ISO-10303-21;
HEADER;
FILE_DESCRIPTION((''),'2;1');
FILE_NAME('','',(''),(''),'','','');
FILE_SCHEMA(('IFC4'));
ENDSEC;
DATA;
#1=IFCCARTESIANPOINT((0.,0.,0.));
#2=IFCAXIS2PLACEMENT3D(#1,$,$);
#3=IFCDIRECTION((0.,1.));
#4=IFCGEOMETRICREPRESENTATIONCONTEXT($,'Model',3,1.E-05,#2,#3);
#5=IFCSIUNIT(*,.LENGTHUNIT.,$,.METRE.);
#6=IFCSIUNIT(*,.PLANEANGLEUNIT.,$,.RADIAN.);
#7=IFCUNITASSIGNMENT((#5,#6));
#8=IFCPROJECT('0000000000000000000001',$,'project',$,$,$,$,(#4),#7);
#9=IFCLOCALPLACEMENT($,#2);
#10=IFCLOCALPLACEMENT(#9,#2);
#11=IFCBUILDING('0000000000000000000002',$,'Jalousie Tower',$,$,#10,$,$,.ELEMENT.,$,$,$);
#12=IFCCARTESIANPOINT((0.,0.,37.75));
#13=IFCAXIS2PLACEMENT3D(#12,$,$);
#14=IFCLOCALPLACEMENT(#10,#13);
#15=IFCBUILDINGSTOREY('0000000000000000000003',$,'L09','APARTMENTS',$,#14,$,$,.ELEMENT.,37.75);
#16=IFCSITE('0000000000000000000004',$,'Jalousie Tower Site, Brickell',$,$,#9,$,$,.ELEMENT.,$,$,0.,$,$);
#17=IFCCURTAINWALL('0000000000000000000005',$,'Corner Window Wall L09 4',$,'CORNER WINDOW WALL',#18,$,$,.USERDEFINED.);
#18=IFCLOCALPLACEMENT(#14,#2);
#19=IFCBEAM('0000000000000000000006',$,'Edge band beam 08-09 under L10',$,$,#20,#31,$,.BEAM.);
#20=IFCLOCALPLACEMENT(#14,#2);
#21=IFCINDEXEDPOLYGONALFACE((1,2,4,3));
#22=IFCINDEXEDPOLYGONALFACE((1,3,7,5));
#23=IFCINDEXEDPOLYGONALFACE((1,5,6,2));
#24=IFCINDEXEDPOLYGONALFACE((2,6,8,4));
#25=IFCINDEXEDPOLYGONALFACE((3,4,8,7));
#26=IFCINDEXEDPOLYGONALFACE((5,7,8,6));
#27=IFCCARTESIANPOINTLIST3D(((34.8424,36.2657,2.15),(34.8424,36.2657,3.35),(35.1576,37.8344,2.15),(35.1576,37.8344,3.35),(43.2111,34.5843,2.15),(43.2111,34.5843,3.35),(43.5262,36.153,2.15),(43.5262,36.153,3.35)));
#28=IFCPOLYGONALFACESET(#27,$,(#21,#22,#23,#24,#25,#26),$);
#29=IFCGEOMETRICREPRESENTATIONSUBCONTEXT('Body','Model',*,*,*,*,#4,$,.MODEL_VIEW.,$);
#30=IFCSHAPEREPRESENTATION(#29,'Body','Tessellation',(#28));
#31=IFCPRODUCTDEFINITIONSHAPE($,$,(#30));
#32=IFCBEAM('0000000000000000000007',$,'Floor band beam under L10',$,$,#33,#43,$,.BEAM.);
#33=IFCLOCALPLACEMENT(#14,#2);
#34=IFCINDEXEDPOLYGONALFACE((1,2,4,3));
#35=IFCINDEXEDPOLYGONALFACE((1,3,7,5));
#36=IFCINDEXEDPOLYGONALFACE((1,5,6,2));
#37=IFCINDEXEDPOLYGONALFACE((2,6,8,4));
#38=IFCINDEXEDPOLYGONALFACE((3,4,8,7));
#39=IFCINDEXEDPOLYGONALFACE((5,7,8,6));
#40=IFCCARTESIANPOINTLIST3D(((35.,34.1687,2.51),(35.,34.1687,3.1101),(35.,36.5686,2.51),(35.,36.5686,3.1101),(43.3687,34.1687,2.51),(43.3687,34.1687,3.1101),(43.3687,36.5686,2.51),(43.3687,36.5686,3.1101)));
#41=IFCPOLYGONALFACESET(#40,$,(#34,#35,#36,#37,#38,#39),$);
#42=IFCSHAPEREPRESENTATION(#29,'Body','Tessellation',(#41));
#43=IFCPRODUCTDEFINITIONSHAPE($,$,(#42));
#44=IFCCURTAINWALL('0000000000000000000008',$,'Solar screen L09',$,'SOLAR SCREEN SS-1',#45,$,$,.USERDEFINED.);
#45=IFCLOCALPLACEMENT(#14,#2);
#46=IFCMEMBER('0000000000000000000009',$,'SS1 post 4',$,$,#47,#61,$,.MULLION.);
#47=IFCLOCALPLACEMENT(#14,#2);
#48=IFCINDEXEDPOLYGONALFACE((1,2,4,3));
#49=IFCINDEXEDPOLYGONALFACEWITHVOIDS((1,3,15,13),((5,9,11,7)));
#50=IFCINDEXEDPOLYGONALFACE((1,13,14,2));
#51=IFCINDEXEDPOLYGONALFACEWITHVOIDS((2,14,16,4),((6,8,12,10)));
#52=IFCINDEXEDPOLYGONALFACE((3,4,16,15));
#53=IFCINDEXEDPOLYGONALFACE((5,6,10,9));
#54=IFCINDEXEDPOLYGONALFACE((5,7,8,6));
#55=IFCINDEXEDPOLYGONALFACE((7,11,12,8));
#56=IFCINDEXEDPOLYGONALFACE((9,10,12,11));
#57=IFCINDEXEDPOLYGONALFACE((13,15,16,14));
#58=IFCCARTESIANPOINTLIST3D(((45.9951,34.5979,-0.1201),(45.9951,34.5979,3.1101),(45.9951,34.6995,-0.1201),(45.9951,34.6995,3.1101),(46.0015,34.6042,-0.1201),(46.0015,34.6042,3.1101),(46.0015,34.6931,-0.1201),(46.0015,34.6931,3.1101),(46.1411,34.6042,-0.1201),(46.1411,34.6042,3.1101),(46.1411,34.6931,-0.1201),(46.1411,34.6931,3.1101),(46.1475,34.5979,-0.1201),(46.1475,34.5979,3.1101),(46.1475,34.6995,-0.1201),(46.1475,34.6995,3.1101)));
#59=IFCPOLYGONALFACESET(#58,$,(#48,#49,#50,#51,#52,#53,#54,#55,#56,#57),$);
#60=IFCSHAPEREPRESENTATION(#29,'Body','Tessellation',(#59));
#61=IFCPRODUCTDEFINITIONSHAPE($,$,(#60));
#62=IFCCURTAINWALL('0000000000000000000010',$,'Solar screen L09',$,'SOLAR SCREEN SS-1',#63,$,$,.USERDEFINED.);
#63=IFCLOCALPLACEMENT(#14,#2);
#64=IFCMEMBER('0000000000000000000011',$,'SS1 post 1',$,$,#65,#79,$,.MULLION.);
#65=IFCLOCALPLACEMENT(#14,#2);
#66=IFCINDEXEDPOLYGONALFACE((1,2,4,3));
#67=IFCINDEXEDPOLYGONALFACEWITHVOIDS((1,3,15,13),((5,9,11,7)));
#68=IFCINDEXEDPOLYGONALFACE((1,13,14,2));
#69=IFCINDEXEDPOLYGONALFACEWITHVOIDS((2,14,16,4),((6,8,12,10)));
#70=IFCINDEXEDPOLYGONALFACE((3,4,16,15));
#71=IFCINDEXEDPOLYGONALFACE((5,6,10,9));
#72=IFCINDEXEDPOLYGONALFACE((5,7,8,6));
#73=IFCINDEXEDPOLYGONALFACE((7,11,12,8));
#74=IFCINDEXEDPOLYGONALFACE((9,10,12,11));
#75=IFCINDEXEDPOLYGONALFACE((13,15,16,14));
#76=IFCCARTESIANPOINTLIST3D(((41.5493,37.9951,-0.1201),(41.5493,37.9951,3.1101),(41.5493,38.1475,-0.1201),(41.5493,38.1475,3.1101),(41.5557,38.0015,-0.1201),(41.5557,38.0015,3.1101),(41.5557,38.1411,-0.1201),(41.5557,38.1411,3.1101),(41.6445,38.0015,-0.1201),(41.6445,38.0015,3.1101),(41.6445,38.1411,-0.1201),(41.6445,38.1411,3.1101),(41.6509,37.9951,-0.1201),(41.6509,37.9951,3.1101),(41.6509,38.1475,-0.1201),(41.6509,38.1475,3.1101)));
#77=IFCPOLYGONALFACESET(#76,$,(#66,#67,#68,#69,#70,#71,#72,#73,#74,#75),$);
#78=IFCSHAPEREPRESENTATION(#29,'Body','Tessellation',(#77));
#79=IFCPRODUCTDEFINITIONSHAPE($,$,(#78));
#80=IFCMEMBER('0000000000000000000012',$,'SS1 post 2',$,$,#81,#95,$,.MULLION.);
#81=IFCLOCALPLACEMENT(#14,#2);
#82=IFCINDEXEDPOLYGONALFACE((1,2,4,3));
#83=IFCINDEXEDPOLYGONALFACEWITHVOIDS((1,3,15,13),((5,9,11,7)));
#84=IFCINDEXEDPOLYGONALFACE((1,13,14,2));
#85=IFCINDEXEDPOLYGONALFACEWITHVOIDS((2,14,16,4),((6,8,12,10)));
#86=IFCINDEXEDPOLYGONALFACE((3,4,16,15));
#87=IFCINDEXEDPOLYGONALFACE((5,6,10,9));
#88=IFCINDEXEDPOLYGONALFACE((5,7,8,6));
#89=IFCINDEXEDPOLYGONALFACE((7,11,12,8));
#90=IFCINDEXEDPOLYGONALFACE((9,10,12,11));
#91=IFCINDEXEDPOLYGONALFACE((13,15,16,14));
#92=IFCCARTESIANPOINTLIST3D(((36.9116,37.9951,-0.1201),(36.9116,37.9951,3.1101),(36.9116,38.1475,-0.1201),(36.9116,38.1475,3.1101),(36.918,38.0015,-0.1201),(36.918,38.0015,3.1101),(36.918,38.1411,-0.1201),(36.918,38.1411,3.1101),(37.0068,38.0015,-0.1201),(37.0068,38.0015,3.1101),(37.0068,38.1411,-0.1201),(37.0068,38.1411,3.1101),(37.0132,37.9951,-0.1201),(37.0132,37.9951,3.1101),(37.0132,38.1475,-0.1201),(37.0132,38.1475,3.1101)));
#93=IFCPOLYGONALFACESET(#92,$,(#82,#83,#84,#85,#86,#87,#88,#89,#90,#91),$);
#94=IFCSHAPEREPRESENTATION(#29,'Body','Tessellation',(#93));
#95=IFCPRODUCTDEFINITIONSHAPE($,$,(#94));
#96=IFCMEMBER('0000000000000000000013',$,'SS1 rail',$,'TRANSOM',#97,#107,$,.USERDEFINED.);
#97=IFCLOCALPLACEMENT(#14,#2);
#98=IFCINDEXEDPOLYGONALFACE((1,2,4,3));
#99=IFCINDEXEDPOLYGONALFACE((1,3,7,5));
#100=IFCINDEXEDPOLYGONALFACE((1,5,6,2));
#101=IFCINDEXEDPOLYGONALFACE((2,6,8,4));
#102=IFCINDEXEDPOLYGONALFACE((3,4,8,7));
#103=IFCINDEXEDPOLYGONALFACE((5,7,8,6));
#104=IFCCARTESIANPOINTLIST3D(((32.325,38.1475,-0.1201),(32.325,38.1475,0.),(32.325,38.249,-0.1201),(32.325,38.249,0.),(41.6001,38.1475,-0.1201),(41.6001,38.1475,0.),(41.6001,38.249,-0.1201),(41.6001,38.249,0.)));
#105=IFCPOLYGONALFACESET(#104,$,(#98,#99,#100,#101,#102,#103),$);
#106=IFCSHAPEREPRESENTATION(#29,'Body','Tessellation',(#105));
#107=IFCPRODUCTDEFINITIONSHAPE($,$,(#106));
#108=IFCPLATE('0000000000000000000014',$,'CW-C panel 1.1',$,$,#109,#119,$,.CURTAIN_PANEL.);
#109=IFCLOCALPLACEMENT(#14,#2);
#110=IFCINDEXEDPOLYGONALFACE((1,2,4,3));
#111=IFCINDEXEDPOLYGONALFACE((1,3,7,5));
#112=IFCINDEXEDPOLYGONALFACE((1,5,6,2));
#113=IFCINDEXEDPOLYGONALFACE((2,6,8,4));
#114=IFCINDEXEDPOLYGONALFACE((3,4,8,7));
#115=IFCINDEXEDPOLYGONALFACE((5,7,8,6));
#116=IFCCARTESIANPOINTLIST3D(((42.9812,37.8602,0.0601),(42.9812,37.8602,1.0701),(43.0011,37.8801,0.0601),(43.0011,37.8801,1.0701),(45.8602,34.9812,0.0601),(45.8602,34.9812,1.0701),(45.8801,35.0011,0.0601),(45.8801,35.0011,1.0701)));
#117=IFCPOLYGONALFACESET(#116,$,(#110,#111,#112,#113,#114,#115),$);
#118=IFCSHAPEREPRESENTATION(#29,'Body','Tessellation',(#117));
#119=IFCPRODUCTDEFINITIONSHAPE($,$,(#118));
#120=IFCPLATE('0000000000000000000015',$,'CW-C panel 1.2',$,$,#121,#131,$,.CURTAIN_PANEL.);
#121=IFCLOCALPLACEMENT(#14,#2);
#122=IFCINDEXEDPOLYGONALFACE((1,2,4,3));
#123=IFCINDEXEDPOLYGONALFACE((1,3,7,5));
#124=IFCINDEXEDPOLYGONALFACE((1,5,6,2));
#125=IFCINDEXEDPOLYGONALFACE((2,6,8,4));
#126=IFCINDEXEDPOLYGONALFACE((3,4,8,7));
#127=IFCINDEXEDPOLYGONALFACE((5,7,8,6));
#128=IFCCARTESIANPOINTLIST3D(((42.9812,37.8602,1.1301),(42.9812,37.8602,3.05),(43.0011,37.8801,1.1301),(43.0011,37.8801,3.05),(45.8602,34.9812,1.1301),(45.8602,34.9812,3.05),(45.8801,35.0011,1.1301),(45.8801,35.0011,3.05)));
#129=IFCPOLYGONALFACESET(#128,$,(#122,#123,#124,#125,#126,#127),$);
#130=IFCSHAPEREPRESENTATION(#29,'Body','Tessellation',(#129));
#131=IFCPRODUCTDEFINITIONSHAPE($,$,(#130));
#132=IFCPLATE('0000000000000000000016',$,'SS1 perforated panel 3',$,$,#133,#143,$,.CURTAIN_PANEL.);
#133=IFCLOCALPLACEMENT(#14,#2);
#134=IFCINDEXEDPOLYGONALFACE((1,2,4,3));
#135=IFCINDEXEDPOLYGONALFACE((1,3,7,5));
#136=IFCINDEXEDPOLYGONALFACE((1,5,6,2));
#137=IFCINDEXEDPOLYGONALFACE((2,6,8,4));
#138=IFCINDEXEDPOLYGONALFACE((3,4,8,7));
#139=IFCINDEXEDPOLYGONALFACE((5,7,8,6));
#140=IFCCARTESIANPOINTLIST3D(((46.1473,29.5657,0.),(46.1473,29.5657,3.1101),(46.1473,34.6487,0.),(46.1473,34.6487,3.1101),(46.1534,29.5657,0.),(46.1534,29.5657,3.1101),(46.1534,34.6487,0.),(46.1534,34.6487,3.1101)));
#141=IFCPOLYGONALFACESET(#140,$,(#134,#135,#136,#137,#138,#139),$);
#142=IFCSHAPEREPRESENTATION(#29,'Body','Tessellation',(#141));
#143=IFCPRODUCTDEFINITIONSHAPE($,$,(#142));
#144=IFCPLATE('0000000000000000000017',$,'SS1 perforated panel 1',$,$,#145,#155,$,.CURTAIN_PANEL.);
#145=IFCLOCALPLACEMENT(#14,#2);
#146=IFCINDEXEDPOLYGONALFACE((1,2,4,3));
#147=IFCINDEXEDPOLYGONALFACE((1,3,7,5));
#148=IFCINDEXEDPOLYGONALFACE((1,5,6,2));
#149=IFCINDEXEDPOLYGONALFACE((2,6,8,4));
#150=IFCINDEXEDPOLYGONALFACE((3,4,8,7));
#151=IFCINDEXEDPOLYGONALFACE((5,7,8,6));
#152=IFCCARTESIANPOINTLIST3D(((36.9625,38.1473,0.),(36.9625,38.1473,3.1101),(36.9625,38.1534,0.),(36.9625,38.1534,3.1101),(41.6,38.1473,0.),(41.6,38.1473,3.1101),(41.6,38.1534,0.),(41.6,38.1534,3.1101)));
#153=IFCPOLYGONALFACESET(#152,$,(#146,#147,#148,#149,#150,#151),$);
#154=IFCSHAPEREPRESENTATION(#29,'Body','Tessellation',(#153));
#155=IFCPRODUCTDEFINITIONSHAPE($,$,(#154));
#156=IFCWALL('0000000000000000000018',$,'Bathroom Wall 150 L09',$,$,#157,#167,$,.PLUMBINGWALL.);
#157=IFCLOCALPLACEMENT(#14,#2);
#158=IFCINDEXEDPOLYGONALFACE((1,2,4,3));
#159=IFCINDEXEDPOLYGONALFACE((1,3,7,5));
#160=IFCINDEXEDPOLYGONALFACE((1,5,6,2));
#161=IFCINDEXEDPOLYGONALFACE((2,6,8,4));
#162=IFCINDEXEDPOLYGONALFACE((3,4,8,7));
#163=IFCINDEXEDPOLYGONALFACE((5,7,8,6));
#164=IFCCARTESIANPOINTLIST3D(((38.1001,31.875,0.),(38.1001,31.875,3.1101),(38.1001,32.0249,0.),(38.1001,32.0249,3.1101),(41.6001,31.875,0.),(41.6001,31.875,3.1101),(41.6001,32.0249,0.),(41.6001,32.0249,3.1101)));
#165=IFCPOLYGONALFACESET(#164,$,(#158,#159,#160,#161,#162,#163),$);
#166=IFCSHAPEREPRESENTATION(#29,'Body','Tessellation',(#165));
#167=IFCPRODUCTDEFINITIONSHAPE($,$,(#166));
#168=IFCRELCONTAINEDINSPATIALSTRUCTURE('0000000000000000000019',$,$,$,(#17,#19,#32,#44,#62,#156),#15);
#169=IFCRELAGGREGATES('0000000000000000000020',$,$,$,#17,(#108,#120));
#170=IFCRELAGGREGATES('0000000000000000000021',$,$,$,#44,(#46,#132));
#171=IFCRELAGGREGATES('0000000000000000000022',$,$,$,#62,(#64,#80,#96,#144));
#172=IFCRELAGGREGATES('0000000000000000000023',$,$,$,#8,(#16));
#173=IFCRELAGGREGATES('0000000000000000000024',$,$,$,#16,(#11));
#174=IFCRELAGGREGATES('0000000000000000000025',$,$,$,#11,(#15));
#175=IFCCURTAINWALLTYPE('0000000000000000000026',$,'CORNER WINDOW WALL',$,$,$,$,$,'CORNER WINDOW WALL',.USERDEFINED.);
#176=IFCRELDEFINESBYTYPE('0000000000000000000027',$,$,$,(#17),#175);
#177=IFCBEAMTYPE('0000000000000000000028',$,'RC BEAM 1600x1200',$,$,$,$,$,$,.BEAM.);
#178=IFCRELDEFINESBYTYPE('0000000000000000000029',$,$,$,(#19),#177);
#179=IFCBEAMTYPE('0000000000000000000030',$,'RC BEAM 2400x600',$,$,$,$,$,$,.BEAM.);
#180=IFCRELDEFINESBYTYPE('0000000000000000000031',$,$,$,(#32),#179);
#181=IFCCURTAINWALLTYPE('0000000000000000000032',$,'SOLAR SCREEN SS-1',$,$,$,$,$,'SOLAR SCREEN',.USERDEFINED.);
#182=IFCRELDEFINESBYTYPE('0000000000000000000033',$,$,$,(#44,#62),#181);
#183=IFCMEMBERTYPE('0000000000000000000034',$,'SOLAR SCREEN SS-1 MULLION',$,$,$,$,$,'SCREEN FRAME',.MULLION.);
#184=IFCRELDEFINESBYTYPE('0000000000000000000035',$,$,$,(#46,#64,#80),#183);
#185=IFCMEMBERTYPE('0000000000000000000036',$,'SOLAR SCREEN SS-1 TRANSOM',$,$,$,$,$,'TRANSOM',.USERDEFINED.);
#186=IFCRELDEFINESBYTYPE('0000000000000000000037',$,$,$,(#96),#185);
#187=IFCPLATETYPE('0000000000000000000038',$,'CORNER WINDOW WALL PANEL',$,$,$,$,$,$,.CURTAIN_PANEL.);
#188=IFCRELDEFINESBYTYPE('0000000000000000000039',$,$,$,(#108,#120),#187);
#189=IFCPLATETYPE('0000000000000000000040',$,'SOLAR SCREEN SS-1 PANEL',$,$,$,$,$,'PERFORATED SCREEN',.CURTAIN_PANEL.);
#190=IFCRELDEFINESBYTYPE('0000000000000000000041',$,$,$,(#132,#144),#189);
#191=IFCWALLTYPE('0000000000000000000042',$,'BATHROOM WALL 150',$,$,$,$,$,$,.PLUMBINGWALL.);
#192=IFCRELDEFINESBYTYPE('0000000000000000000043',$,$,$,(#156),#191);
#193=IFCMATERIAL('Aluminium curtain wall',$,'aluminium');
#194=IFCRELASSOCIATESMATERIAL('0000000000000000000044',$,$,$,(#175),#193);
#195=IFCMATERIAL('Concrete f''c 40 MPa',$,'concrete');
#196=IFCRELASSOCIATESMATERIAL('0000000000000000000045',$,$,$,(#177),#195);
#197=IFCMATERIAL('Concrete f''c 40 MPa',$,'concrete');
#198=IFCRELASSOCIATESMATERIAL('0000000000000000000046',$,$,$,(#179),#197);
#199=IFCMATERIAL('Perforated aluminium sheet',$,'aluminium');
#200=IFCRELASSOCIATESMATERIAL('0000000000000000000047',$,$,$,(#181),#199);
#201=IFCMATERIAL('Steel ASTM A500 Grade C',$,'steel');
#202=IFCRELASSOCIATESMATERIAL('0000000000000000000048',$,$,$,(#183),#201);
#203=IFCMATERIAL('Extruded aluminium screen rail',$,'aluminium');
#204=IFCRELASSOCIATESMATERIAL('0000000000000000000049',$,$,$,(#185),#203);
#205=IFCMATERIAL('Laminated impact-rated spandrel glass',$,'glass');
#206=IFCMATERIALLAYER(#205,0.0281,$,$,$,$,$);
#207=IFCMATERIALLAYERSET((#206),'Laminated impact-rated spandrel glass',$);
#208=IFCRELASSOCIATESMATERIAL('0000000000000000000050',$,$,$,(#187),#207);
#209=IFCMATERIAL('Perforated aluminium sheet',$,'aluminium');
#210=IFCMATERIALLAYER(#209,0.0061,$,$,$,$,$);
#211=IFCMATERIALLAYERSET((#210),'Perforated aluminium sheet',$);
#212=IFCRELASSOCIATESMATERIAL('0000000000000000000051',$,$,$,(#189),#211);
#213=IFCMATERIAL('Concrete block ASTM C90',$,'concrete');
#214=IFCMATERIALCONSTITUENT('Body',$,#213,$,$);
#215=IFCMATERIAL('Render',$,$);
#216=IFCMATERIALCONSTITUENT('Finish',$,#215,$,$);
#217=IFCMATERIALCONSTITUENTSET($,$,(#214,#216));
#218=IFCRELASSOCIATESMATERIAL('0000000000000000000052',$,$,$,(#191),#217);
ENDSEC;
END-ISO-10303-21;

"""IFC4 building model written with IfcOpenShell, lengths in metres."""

from ifc_helpers import new_model, si_unit, direction, frame, frame_2d, origin, origin_2d, place, context, subcontext, project, spatial, rectangle, hollow_rectangle, extrude, material, layer, layer_set, constituent, constituent_set, material_profile, profile_set, type_object, element, aggregate, save


model = new_model("IFC4")

# Units and contexts
model_context = context("Model", 3, precision=1e-05, world=origin(), true_north=direction((0.0, 1.0)))
body_context = subcontext(model_context, "Body", "Model", "MODEL_VIEW")
ifc_project = project(units=[si_unit("LENGTHUNIT", "METRE"), si_unit("PLANEANGLEUNIT", "RADIAN")], contexts=[model_context])

# Site, building, storey
site_placement = place(None, origin())
site = spatial("IfcSite", under=ifc_project, at=site_placement, Name="Jalousie Tower Site, Brickell", CompositionType="ELEMENT", RefElevation=0.0)
building_placement = place(site_placement, origin())
building = spatial("IfcBuilding", under=site, at=building_placement, Name="Jalousie Tower", CompositionType="ELEMENT")
storey_placement = place(building_placement, frame((0.0, 0.0, 37.75)))
storey = spatial("IfcBuildingStorey", under=building, at=storey_placement, Name="L09", Description="APARTMENTS", CompositionType="ELEMENT", Elevation=37.75)

# Curtain wall
ifc_material_1 = material(Name="Aluminium curtain wall", Category="aluminium")
curtain_wall_type_1 = type_object("IfcCurtainWallType", Name="CORNER WINDOW WALL", ElementType="CORNER WINDOW WALL", PredefinedType="USERDEFINED", material=ifc_material_1)
curtain_wall_1_placement = place(storey_placement, origin())
curtain_wall_1 = element("IfcCurtainWall", 1, at=curtain_wall_1_placement, inside=storey, type_object=curtain_wall_type_1, Name="Corner Window Wall L09 4", ObjectType="CORNER WINDOW WALL", PredefinedType="USERDEFINED")

# Beams
ifc_material_2 = material(Name="Concrete f'c 40 MPa", Category="concrete")
ifc_material_profile_1 = material_profile(ifc_material_2, rectangle(XDim=1.6001, YDim=1.2, at=origin_2d()), Name="RC 1600x1200")
ifc_profile_set_1 = profile_set([ifc_material_profile_1], Name="Concrete f'c 40 MPa")
beam_type_1 = type_object("IfcBeamType", Name="RC BEAM 1600x1200", PredefinedType="BEAM", material=ifc_profile_set_1)
beam_1_placement = place(storey_placement, frame((43.3687, 35.3687, 2.75), z_axis=(-0.980408, 0.19698, 0.0), x_axis=(-0.19698, -0.980408, 0.0)))
element("IfcBeam", 2, at=beam_1_placement, inside=storey, type_object=beam_type_1, Name="Edge band beam 08-09 under L10", PredefinedType="BEAM", context=body_context, shape_type="SweptSolid", body=[
    extrude(rectangle(XDim=1.6001, YDim=1.2, at=origin_2d()), origin(), (0.0, 0.0, 1.0), 8.5359),
])
ifc_material_3 = material(Name="Concrete f'c 40 MPa", Category="concrete")
ifc_material_profile_2 = material_profile(ifc_material_3, rectangle(XDim=2.3999, YDim=0.6001, at=origin_2d()), Name="RC 2400x600")
ifc_profile_set_2 = profile_set([ifc_material_profile_2], Name="Concrete f'c 40 MPa")
beam_type_2 = type_object("IfcBeamType", Name="RC BEAM 2400x600", PredefinedType="BEAM", material=ifc_profile_set_2)
beam_2_placement = place(storey_placement, frame((43.3687, 35.3687, 2.8101), z_axis=(-1.0, 0.0, 0.0), x_axis=(0.0, -1.0, 0.0)))
element("IfcBeam", 3, at=beam_2_placement, inside=storey, type_object=beam_type_2, Name="Floor band beam under L10", PredefinedType="BEAM", context=body_context, shape_type="SweptSolid", body=[
    extrude(rectangle(XDim=2.3999, YDim=0.6001, at=origin_2d()), origin(), (0.0, 0.0, 1.0), 8.3687),
])

# Curtain wall, member
ifc_material_4 = material(Name="Perforated aluminium sheet", Category="aluminium")
curtain_wall_type_2 = type_object("IfcCurtainWallType", Name="SOLAR SCREEN SS-1", ElementType="SOLAR SCREEN", PredefinedType="USERDEFINED", material=ifc_material_4)
curtain_wall_2_placement = place(storey_placement, origin())
curtain_wall_2 = element("IfcCurtainWall", 4, at=curtain_wall_2_placement, inside=storey, type_object=curtain_wall_type_2, Name="Solar screen L09", ObjectType="SOLAR SCREEN SS-1", PredefinedType="USERDEFINED")
ifc_material_5 = material(Name="Steel ASTM A500 Grade C", Category="steel")
ifc_material_profile_3 = material_profile(ifc_material_5, hollow_rectangle(XDim=0.1016, YDim=0.1523, WallThickness=0.0063, at=origin_2d()), Name="HSS6X4X1/4")
ifc_profile_set_3 = profile_set([ifc_material_profile_3], Name="Steel ASTM A500 Grade C")
member_type_1 = type_object("IfcMemberType", Name="SOLAR SCREEN SS-1 MULLION", ElementType="SCREEN FRAME", PredefinedType="MULLION", material=ifc_profile_set_3)
member_1_placement = place(storey_placement, frame((46.0713, 34.6487, -0.1201), z_axis=(0.0, 0.0, 1.0), x_axis=(0.0, 1.0, 0.0)))
member_1 = element("IfcMember", 5, at=member_1_placement, type_object=member_type_1, Name="SS1 post 4", PredefinedType="MULLION", context=body_context, shape_type="SweptSolid", body=[
    extrude(hollow_rectangle(XDim=0.1016, YDim=0.1523, WallThickness=0.0063, at=origin_2d()), origin(), (0.0, 0.0, 1.0), 3.2302),
])

# Curtain wall, members
curtain_wall_3_placement = place(storey_placement, origin())
curtain_wall_3 = element("IfcCurtainWall", 6, at=curtain_wall_3_placement, inside=storey, type_object=curtain_wall_type_2, Name="Solar screen L09", ObjectType="SOLAR SCREEN SS-1", PredefinedType="USERDEFINED")
member_2_placement = place(storey_placement, frame((41.6001, 38.0713, -0.1201), z_axis=(0.0, 0.0, 1.0), x_axis=(-1.0, 0.0, 0.0)))
member_2 = element("IfcMember", 7, at=member_2_placement, type_object=member_type_1, Name="SS1 post 1", PredefinedType="MULLION", context=body_context, shape_type="SweptSolid", body=[
    extrude(hollow_rectangle(XDim=0.1016, YDim=0.1523, WallThickness=0.0063, at=origin_2d()), origin(), (0.0, 0.0, 1.0), 3.2302),
])
member_3_placement = place(storey_placement, frame((36.9624, 38.0713, -0.1201), z_axis=(0.0, 0.0, 1.0), x_axis=(-1.0, 0.0, 0.0)))
member_3 = element("IfcMember", 8, at=member_3_placement, type_object=member_type_1, Name="SS1 post 2", PredefinedType="MULLION", context=body_context, shape_type="SweptSolid", body=[
    extrude(hollow_rectangle(XDim=0.1016, YDim=0.1523, WallThickness=0.0063, at=origin_2d()), origin(), (0.0, 0.0, 1.0), 3.2302),
])
ifc_material_6 = material(Name="Extruded aluminium screen rail", Category="aluminium")
ifc_material_profile_4 = material_profile(ifc_material_6, rectangle(XDim=0.1016, YDim=0.1201, at=origin_2d()), Name="RAIL 102x120")
ifc_profile_set_4 = profile_set([ifc_material_profile_4], Name="Extruded aluminium screen rail")
member_type_2 = type_object("IfcMemberType", Name="SOLAR SCREEN SS-1 TRANSOM", ElementType="TRANSOM", PredefinedType="USERDEFINED", material=ifc_profile_set_4)
member_4_placement = place(storey_placement, frame((41.6001, 38.1982, -0.0601), z_axis=(-1.0, 0.0, 0.0), x_axis=(0.0, -1.0, 0.0)))
member_4 = element("IfcMember", 9, at=member_4_placement, type_object=member_type_2, Name="SS1 rail", ObjectType="TRANSOM", PredefinedType="USERDEFINED", context=body_context, shape_type="SweptSolid", body=[
    extrude(rectangle(XDim=0.1016, YDim=0.1201, at=origin_2d()), origin(), (0.0, 0.0, 1.0), 9.2751),
])

# Plates
ifc_material_7 = material(Name="Laminated impact-rated spandrel glass", Category="glass")
ifc_layer_1 = layer(ifc_material_7, 0.0281)
ifc_layer_set_1 = layer_set([ifc_layer_1], Name="Laminated impact-rated spandrel glass")
plate_type_1 = type_object("IfcPlateType", Name="CORNER WINDOW WALL PANEL", PredefinedType="CURTAIN_PANEL", material=ifc_layer_set_1)
plate_1_placement = place(storey_placement, frame((44.4307, 36.4307, 0.0601), z_axis=(0.0, 0.0, 1.0), x_axis=(-0.707107, 0.707107, 0.0)))
plate_1 = element("IfcPlate", 10, at=plate_1_placement, type_object=plate_type_1, Name="CW-C panel 1.1", PredefinedType="CURTAIN_PANEL", context=body_context, shape_type="SweptSolid", body=[
    extrude(rectangle(XDim=4.0715, YDim=0.0281, at=origin_2d()), origin(), (0.0, 0.0, 1.0), 1.01),
])
plate_2_placement = place(storey_placement, frame((44.4307, 36.4307, 1.1301), z_axis=(0.0, 0.0, 1.0), x_axis=(-0.707107, 0.707107, 0.0)))
plate_2 = element("IfcPlate", 11, at=plate_2_placement, type_object=plate_type_1, Name="CW-C panel 1.2", PredefinedType="CURTAIN_PANEL", context=body_context, shape_type="SweptSolid", body=[
    extrude(rectangle(XDim=4.0715, YDim=0.0281, at=origin_2d()), origin(), (0.0, 0.0, 1.0), 1.9199),
])
aggregate(curtain_wall_1, [plate_1, plate_2])
ifc_material_8 = material(Name="Perforated aluminium sheet", Category="aluminium")
ifc_layer_2 = layer(ifc_material_8, 0.0061)
ifc_layer_set_2 = layer_set([ifc_layer_2], Name="Perforated aluminium sheet")
plate_type_2 = type_object("IfcPlateType", Name="SOLAR SCREEN SS-1 PANEL", ElementType="PERFORATED SCREEN", PredefinedType="CURTAIN_PANEL", material=ifc_layer_set_2)
plate_3_placement = place(storey_placement, frame((46.1504, 32.1072, 0.0), z_axis=(0.0, 0.0, 1.0), x_axis=(0.0, 1.0, 0.0)))
plate_3 = element("IfcPlate", 12, at=plate_3_placement, type_object=plate_type_2, Name="SS1 perforated panel 3", PredefinedType="CURTAIN_PANEL", context=body_context, shape_type="SweptSolid", body=[
    extrude(rectangle(XDim=5.083, YDim=0.0061, at=origin_2d()), origin(), (0.0, 0.0, 1.0), 3.1101),
])
aggregate(curtain_wall_2, [member_1, plate_3])
plate_4_placement = place(storey_placement, frame((39.2812, 38.1504, 0.0), z_axis=(0.0, 0.0, 1.0), x_axis=(-1.0, 0.0, 0.0)))
plate_4 = element("IfcPlate", 13, at=plate_4_placement, type_object=plate_type_2, Name="SS1 perforated panel 1", PredefinedType="CURTAIN_PANEL", context=body_context, shape_type="SweptSolid", body=[
    extrude(rectangle(XDim=4.6375, YDim=0.0061, at=origin_2d()), origin(), (0.0, 0.0, 1.0), 3.1101),
])
aggregate(curtain_wall_3, [member_2, member_3, member_4, plate_4])

# Wall
ifc_material_9 = material(Name="Concrete block ASTM C90", Category="concrete")
ifc_constituent_1 = constituent(ifc_material_9, Name="Body")
ifc_material_10 = material(Name="Render")
ifc_constituent_2 = constituent(ifc_material_10, Name="Finish")
ifc_constituent_set_1 = constituent_set(constituents=[ifc_constituent_1, ifc_constituent_2])
wall_type_1 = type_object("IfcWallType", Name="BATHROOM WALL 150", PredefinedType="PLUMBINGWALL", material=ifc_constituent_set_1)
wall_1_placement = place(storey_placement, frame((38.1001, 31.95, 0.0), z_axis=(0.0, 0.0, 1.0), x_axis=(1.0, 0.0, 0.0)))
element("IfcWall", 14, at=wall_1_placement, inside=storey, type_object=wall_type_1, Name="Bathroom Wall 150 L09", PredefinedType="PLUMBINGWALL", context=body_context, shape_type="SweptSolid", body=[
    extrude(rectangle(XDim=3.5, YDim=0.1499, at=frame_2d((1.75, 0.0))), origin(), (0.0, 0.0, 1.0), 3.1101),
])

save(model, "model.ifc")
